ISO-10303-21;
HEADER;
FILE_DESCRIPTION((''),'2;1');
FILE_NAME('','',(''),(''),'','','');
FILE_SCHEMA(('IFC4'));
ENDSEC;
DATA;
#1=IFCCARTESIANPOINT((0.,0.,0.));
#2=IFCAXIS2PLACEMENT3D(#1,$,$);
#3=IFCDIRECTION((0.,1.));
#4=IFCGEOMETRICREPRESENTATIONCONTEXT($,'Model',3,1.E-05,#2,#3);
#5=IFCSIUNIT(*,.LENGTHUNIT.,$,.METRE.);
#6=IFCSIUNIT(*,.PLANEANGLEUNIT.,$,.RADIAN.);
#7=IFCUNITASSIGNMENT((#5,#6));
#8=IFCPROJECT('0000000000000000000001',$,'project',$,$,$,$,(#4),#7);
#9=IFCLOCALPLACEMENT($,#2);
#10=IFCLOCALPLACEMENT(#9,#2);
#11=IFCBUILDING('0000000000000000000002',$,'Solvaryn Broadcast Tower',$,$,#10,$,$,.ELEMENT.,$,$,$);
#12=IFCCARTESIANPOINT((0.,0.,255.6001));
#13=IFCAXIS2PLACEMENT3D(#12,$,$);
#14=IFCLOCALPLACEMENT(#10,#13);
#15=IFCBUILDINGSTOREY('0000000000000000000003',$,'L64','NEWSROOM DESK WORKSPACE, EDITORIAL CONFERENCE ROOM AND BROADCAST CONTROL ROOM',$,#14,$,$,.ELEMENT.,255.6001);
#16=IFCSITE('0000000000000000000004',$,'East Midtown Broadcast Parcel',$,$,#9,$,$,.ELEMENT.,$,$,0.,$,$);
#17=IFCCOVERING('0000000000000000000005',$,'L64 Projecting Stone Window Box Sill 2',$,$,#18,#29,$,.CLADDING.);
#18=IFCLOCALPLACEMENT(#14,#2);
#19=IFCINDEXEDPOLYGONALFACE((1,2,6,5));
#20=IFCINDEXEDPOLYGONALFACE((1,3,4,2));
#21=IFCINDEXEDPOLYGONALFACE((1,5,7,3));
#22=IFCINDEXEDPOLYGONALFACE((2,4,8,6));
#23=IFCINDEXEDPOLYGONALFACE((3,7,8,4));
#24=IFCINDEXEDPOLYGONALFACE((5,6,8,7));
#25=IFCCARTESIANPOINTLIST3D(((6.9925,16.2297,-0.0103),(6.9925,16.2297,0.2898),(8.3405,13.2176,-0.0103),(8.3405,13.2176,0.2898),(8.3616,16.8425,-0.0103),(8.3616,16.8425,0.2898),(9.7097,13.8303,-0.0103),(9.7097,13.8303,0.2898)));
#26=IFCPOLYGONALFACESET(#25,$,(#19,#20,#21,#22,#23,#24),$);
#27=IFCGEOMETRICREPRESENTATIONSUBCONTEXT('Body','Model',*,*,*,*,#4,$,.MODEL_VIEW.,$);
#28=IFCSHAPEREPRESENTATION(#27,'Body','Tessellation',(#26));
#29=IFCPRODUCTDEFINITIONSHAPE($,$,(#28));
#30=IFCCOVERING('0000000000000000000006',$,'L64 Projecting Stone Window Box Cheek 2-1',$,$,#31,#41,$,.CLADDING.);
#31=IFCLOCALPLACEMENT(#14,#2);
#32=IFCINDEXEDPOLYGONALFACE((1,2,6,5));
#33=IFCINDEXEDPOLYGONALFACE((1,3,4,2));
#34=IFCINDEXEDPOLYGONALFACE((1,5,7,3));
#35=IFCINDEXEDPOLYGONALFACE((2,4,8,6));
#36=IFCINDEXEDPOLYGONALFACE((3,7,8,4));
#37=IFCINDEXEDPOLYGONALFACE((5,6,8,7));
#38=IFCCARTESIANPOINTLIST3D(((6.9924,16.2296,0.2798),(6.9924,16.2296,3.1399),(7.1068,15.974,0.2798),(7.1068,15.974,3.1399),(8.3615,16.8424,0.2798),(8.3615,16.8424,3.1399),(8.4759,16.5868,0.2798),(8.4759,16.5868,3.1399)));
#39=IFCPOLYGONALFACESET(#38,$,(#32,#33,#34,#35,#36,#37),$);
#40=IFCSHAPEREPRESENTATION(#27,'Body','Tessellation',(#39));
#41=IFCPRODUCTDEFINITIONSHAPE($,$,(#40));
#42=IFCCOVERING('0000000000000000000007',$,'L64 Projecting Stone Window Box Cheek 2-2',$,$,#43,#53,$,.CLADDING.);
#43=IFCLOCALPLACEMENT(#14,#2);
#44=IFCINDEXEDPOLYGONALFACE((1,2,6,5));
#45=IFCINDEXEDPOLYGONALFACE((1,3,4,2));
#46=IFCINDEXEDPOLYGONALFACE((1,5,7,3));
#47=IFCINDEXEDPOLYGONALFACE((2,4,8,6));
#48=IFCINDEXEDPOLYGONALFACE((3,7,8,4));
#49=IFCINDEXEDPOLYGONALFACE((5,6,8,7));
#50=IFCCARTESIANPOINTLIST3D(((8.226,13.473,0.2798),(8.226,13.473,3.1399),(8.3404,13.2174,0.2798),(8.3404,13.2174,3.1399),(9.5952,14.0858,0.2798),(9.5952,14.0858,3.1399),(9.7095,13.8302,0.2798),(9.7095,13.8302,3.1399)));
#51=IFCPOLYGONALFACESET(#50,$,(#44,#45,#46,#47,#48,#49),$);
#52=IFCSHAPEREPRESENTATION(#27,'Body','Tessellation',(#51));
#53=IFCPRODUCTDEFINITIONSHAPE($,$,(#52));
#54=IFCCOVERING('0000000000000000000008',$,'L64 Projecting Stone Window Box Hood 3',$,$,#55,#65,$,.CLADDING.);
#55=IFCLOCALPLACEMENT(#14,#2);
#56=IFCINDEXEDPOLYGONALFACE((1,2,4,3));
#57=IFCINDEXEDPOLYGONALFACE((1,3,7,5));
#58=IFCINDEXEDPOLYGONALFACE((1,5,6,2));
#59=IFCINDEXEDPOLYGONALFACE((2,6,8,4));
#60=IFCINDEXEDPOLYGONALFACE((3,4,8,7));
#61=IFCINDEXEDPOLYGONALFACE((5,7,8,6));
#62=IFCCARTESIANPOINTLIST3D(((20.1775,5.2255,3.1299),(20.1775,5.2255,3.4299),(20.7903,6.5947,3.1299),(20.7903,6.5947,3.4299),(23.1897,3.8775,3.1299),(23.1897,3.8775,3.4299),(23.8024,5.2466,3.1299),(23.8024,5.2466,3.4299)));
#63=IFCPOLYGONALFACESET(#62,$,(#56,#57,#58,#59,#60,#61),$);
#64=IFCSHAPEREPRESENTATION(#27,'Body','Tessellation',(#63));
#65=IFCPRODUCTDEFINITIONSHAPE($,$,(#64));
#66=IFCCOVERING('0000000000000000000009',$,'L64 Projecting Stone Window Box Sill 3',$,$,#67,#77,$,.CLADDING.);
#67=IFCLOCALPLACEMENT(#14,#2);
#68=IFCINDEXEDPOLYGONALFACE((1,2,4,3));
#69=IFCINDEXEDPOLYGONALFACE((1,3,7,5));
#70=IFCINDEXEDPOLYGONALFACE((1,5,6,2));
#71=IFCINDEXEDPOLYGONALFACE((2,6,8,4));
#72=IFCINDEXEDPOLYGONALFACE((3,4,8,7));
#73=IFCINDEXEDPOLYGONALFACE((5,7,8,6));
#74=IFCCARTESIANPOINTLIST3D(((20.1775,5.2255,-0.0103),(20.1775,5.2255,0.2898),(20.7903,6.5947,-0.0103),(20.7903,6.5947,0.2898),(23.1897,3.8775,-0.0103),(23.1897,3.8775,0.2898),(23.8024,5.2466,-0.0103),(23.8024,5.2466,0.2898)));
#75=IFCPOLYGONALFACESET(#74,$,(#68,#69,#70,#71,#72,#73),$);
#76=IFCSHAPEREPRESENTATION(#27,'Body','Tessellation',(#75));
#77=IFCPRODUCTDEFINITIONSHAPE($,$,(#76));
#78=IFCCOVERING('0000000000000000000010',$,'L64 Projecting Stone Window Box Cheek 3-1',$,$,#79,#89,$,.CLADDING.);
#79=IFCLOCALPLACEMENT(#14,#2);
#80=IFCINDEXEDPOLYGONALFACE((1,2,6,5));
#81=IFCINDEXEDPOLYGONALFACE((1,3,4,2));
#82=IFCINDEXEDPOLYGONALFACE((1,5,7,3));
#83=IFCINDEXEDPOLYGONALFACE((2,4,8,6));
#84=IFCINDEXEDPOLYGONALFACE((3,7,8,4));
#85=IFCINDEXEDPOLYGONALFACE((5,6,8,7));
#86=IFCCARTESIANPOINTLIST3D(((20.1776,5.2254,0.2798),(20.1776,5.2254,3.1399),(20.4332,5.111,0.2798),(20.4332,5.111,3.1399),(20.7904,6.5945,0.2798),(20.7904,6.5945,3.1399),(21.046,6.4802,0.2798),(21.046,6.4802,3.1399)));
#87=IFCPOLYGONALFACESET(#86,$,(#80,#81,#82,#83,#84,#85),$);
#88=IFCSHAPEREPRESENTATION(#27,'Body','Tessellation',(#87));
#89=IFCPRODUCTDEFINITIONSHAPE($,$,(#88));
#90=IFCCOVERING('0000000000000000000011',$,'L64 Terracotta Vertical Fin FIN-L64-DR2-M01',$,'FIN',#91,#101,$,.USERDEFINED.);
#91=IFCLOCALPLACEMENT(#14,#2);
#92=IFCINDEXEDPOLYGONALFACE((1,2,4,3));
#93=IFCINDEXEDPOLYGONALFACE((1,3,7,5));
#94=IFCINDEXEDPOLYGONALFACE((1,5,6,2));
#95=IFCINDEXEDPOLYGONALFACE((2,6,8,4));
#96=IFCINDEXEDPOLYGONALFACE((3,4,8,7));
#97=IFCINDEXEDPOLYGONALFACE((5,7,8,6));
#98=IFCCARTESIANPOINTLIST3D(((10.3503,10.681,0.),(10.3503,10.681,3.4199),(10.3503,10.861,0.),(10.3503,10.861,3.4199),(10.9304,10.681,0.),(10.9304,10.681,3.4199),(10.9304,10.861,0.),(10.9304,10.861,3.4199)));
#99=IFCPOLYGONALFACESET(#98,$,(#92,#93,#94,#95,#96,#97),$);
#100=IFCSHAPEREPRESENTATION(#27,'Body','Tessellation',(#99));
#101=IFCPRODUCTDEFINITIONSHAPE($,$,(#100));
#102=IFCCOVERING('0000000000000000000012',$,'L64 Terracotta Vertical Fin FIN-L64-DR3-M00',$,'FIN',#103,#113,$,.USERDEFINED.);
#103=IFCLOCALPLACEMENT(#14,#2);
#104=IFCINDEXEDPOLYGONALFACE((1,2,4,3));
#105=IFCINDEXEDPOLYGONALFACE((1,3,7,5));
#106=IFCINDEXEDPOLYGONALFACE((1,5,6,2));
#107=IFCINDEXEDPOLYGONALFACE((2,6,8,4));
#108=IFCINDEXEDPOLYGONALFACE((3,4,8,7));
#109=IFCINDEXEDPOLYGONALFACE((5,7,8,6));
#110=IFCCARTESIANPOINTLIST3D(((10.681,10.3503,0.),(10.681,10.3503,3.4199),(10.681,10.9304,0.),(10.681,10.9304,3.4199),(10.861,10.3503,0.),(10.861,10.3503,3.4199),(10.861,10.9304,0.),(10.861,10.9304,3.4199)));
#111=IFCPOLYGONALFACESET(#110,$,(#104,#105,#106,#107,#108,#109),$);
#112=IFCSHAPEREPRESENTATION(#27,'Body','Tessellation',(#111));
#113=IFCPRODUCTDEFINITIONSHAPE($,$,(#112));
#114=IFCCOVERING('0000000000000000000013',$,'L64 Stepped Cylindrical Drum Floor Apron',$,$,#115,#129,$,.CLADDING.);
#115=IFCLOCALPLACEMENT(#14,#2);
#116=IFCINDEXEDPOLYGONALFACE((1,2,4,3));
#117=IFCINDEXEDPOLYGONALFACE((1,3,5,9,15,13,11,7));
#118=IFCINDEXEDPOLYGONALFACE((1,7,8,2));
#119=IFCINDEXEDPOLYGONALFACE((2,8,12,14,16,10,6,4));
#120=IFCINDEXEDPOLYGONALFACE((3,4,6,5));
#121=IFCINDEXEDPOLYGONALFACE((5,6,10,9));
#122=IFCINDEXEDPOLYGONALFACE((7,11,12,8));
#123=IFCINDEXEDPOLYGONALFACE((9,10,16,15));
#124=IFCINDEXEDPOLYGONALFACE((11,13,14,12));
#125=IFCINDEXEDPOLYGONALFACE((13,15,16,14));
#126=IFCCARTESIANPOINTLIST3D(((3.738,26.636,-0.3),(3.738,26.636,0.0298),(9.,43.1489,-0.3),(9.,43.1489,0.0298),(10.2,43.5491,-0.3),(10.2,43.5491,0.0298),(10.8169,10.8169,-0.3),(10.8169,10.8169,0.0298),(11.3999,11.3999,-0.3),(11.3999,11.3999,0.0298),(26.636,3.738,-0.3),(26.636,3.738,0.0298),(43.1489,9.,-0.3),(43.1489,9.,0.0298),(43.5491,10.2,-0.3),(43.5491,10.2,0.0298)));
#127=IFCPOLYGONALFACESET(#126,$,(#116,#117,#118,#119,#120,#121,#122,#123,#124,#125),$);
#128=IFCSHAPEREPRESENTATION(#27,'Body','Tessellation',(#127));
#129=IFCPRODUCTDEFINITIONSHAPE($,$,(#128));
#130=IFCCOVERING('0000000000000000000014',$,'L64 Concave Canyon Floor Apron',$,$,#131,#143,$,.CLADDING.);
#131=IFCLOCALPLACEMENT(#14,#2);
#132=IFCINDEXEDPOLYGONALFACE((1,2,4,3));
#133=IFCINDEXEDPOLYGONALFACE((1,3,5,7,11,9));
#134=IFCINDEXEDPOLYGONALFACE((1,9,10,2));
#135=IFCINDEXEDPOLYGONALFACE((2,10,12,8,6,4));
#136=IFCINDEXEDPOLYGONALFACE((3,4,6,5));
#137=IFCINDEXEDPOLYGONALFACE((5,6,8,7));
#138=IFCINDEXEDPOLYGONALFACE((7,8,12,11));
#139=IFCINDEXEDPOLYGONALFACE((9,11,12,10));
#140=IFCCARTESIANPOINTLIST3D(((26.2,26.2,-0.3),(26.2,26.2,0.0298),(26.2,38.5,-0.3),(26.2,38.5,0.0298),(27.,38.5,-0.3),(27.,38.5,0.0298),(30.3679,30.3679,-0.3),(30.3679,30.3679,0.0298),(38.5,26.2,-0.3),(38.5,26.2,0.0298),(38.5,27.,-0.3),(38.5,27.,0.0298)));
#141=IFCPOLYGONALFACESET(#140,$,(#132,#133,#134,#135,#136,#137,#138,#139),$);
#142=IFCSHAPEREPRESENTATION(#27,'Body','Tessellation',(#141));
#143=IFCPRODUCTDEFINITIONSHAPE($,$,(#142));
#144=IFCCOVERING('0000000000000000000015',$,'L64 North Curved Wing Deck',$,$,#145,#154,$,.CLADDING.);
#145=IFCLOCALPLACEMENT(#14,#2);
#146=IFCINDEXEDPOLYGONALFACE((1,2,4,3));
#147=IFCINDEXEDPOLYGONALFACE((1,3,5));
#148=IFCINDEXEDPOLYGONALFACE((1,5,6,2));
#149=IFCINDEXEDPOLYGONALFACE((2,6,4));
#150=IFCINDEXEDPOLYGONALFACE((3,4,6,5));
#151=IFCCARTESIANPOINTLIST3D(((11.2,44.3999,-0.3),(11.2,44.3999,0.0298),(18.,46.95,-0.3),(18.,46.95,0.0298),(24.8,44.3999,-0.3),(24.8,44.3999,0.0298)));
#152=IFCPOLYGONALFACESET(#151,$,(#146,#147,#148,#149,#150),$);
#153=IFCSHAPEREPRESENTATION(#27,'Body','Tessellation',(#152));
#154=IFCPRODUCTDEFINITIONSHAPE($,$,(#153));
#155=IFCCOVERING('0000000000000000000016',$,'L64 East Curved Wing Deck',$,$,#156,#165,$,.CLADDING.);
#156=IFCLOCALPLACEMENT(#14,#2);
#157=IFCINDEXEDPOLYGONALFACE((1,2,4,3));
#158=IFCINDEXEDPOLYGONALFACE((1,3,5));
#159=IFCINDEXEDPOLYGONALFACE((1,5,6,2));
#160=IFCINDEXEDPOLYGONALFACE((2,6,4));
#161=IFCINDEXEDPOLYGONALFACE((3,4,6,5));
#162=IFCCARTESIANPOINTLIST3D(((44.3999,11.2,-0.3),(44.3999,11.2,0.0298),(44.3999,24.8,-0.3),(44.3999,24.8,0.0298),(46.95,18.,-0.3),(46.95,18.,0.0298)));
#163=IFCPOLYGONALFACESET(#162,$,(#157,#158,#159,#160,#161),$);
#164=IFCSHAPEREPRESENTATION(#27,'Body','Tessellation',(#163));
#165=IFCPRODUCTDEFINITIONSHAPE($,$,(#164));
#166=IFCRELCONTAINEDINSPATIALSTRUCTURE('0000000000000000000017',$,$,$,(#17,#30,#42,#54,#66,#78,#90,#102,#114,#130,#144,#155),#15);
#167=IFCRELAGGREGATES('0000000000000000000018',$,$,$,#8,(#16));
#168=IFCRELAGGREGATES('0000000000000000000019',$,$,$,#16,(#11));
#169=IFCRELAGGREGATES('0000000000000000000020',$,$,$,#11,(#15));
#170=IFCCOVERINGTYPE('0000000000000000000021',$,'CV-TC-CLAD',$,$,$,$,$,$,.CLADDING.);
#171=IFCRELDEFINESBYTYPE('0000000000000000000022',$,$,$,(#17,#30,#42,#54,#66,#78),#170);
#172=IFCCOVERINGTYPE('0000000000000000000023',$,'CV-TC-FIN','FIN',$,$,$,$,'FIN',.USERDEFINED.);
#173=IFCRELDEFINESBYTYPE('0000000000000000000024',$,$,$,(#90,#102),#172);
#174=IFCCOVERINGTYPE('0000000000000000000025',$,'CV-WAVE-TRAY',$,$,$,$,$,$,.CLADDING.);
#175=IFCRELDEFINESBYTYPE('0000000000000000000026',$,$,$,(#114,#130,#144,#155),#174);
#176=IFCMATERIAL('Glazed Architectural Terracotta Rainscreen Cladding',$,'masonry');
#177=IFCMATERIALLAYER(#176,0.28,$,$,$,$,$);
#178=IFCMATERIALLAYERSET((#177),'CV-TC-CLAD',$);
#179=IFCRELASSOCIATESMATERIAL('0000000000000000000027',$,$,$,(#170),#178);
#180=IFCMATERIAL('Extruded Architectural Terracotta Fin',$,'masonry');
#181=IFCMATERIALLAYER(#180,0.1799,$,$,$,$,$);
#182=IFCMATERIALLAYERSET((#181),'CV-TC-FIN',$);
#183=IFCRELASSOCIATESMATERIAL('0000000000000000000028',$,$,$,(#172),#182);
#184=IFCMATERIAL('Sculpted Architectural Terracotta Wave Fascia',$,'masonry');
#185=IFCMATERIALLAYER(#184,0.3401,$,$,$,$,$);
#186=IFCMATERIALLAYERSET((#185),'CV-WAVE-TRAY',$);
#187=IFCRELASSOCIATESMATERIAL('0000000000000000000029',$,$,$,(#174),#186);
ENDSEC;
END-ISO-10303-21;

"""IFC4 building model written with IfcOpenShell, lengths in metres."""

from ifc_helpers import new_model, si_unit, direction, frame, origin, origin_2d, place, context, subcontext, project, spatial, polyline, rectangle, outline, extrude, material, layer, layer_set, type_object, element, save


model = new_model("IFC4")

# Units and contexts
model_context = context("Model", 3, precision=1e-05, world=origin(), true_north=direction((0.0, 1.0)))
body_context = subcontext(model_context, "Body", "Model", "MODEL_VIEW")
ifc_project = project(units=[si_unit("LENGTHUNIT", "METRE"), si_unit("PLANEANGLEUNIT", "RADIAN")], contexts=[model_context])

# Site, building, storey
site_placement = place(None, origin())
site = spatial("IfcSite", under=ifc_project, at=site_placement, Name="East Midtown Broadcast Parcel", CompositionType="ELEMENT", RefElevation=0.0)
building_placement = place(site_placement, origin())
building = spatial("IfcBuilding", under=site, at=building_placement, Name="Solvaryn Broadcast Tower", CompositionType="ELEMENT")
storey_placement = place(building_placement, frame((0.0, 0.0, 255.6001)))
storey = spatial("IfcBuildingStorey", under=building, at=storey_placement, Name="L64", Description="NEWSROOM DESK WORKSPACE, EDITORIAL CONFERENCE ROOM AND BROADCAST CONTROL ROOM", CompositionType="ELEMENT", Elevation=255.6001)

# Coverings
ifc_material_1 = material(Name="Glazed Architectural Terracotta Rainscreen Cladding", Category="masonry")
ifc_layer_1 = layer(ifc_material_1, 0.28)
ifc_layer_set_1 = layer_set([ifc_layer_1], Name="CV-TC-CLAD")
covering_type_1 = type_object("IfcCoveringType", Name="CV-TC-CLAD", PredefinedType="CLADDING", material=ifc_layer_set_1)
for number, where, z_axis, x_axis, name in (
    (1, (8.3511, 15.03, -0.0103), (0.0, 0.0, 1.0), (0.40849, -0.912763, 0.0), "L64 Projecting Stone Window Box Sill 2"),
):
    element("IfcCovering", number, at=place(storey_placement, frame(where, z_axis=z_axis, x_axis=x_axis)), inside=storey, type_object=covering_type_1, Name=name, PredefinedType="CLADDING", context=body_context, shape_type="SweptSolid", body=[
        extrude(rectangle(XDim=3.3, YDim=1.5, at=origin_2d()), origin(), (0.0, 0.0, 1.0), 0.3),
    ])
for number, where, z_axis, x_axis, name in (
    (2, (7.7341, 16.4082, 0.2798), (0.0, 0.0, 1.0), (0.40849, -0.912763, 0.0), "L64 Projecting Stone Window Box Cheek 2-1"),
    (3, (8.9678, 13.6516, 0.2798), (0.0, 0.0, 1.0), (0.40849, -0.912763, 0.0), "L64 Projecting Stone Window Box Cheek 2-2"),
):
    element("IfcCovering", number, at=place(storey_placement, frame(where, z_axis=z_axis, x_axis=x_axis)), inside=storey, type_object=covering_type_1, Name=name, PredefinedType="CLADDING", context=body_context, shape_type="SweptSolid", body=[
        extrude(rectangle(XDim=0.28, YDim=1.5, at=origin_2d()), origin(), (0.0, 0.0, 1.0), 2.8601),
    ])
for number, where, z_axis, x_axis, name in (
    (4, (21.99, 5.2361, 3.1299), (0.0, 0.0, 1.0), (0.912763, -0.40849, 0.0), "L64 Projecting Stone Window Box Hood 3"),
    (5, (21.99, 5.2361, -0.0103), (0.0, 0.0, 1.0), (0.912763, -0.40849, 0.0), "L64 Projecting Stone Window Box Sill 3"),
):
    element("IfcCovering", number, at=place(storey_placement, frame(where, z_axis=z_axis, x_axis=x_axis)), inside=storey, type_object=covering_type_1, Name=name, PredefinedType="CLADDING", context=body_context, shape_type="SweptSolid", body=[
        extrude(rectangle(XDim=3.3, YDim=1.5, at=origin_2d()), origin(), (0.0, 0.0, 1.0), 0.3),
    ])
covering_1_placement = place(storey_placement, frame((20.6118, 5.8528, 0.2798), z_axis=(0.0, 0.0, 1.0), x_axis=(0.912763, -0.40849, 0.0)))
element("IfcCovering", 6, at=covering_1_placement, inside=storey, type_object=covering_type_1, Name="L64 Projecting Stone Window Box Cheek 3-1", PredefinedType="CLADDING", context=body_context, shape_type="SweptSolid", body=[
    extrude(rectangle(XDim=0.28, YDim=1.5, at=origin_2d()), origin(), (0.0, 0.0, 1.0), 2.8601),
])
ifc_material_2 = material(Name="Extruded Architectural Terracotta Fin", Category="masonry")
ifc_layer_2 = layer(ifc_material_2, 0.1799)
ifc_layer_set_2 = layer_set([ifc_layer_2], Name="CV-TC-FIN")
covering_type_2 = type_object("IfcCoveringType", Name="CV-TC-FIN", Description="FIN", ElementType="FIN", PredefinedType="USERDEFINED", material=ifc_layer_set_2)
covering_2_placement = place(storey_placement, frame((10.6404, 10.771, 0.0), z_axis=(0.0, 0.0, 1.0), x_axis=(1.0, 0.0, 0.0)))
element("IfcCovering", 7, at=covering_2_placement, inside=storey, type_object=covering_type_2, Name="L64 Terracotta Vertical Fin FIN-L64-DR2-M01", ObjectType="FIN", PredefinedType="USERDEFINED", context=body_context, shape_type="SweptSolid", body=[
    extrude(rectangle(XDim=0.5801, YDim=0.1799, at=origin_2d()), origin(), (0.0, 0.0, 1.0), 3.4199),
])
covering_3_placement = place(storey_placement, frame((10.771, 10.6404, 0.0), z_axis=(0.0, 0.0, 1.0), x_axis=(1.0, 0.0, 0.0)))
element("IfcCovering", 8, at=covering_3_placement, inside=storey, type_object=covering_type_2, Name="L64 Terracotta Vertical Fin FIN-L64-DR3-M00", ObjectType="FIN", PredefinedType="USERDEFINED", context=body_context, shape_type="SweptSolid", body=[
    extrude(rectangle(XDim=0.1799, YDim=0.5801, at=origin_2d()), origin(), (0.0, 0.0, 1.0), 3.4199),
])
ifc_material_3 = material(Name="Sculpted Architectural Terracotta Wave Fascia", Category="masonry")
ifc_layer_3 = layer(ifc_material_3, 0.3401)
ifc_layer_set_3 = layer_set([ifc_layer_3], Name="CV-WAVE-TRAY")
covering_type_3 = type_object("IfcCoveringType", Name="CV-WAVE-TRAY", PredefinedType="CLADDING", material=ifc_layer_set_3)
covering_4_placement = place(storey_placement, frame((0.0, 0.0, -0.3)))
element("IfcCovering", 9, at=covering_4_placement, inside=storey, type_object=covering_type_3, Name="L64 Stepped Cylindrical Drum Floor Apron", PredefinedType="CLADDING", context=body_context, shape_type="SweptSolid", body=[
    extrude(outline(polyline([(10.2, 43.5491), (9.0, 43.1489), (3.738, 26.636), (10.8169, 10.8169), (26.636, 3.738), (43.1489, 9.0), (43.1489, 9.0), (43.5491, 10.2), (11.3999, 11.3999), (10.2, 43.5491)])), origin(), (0.0, 0.0, 1.0), 0.3298),
])
covering_5_placement = place(storey_placement, frame((0.0, 0.0, -0.3)))
element("IfcCovering", 10, at=covering_5_placement, inside=storey, type_object=covering_type_3, Name="L64 Concave Canyon Floor Apron", PredefinedType="CLADDING", context=body_context, shape_type="SweptSolid", body=[
    extrude(outline(polyline([(26.2, 26.2), (38.5, 26.2), (38.5, 27.0), (30.3679, 30.3679), (27.0, 38.5), (26.2, 38.5), (26.2, 26.2)])), origin(), (0.0, 0.0, 1.0), 0.3298),
])
covering_6_placement = place(storey_placement, frame((0.0, 0.0, -0.3)))
element("IfcCovering", 11, at=covering_6_placement, inside=storey, type_object=covering_type_3, Name="L64 North Curved Wing Deck", PredefinedType="CLADDING", context=body_context, shape_type="SweptSolid", body=[
    extrude(outline(polyline([(11.2, 44.3999), (24.8, 44.3999), (18.0, 46.95), (11.2, 44.3999)])), origin(), (0.0, 0.0, 1.0), 0.3298),
])
covering_7_placement = place(storey_placement, frame((0.0, 0.0, -0.3)))
element("IfcCovering", 12, at=covering_7_placement, inside=storey, type_object=covering_type_3, Name="L64 East Curved Wing Deck", PredefinedType="CLADDING", context=body_context, shape_type="SweptSolid", body=[
    extrude(outline(polyline([(44.3999, 11.2), (46.95, 18.0), (44.3999, 24.8), (44.3999, 11.2)])), origin(), (0.0, 0.0, 1.0), 0.3298),
])

save(model, "model.ifc")
